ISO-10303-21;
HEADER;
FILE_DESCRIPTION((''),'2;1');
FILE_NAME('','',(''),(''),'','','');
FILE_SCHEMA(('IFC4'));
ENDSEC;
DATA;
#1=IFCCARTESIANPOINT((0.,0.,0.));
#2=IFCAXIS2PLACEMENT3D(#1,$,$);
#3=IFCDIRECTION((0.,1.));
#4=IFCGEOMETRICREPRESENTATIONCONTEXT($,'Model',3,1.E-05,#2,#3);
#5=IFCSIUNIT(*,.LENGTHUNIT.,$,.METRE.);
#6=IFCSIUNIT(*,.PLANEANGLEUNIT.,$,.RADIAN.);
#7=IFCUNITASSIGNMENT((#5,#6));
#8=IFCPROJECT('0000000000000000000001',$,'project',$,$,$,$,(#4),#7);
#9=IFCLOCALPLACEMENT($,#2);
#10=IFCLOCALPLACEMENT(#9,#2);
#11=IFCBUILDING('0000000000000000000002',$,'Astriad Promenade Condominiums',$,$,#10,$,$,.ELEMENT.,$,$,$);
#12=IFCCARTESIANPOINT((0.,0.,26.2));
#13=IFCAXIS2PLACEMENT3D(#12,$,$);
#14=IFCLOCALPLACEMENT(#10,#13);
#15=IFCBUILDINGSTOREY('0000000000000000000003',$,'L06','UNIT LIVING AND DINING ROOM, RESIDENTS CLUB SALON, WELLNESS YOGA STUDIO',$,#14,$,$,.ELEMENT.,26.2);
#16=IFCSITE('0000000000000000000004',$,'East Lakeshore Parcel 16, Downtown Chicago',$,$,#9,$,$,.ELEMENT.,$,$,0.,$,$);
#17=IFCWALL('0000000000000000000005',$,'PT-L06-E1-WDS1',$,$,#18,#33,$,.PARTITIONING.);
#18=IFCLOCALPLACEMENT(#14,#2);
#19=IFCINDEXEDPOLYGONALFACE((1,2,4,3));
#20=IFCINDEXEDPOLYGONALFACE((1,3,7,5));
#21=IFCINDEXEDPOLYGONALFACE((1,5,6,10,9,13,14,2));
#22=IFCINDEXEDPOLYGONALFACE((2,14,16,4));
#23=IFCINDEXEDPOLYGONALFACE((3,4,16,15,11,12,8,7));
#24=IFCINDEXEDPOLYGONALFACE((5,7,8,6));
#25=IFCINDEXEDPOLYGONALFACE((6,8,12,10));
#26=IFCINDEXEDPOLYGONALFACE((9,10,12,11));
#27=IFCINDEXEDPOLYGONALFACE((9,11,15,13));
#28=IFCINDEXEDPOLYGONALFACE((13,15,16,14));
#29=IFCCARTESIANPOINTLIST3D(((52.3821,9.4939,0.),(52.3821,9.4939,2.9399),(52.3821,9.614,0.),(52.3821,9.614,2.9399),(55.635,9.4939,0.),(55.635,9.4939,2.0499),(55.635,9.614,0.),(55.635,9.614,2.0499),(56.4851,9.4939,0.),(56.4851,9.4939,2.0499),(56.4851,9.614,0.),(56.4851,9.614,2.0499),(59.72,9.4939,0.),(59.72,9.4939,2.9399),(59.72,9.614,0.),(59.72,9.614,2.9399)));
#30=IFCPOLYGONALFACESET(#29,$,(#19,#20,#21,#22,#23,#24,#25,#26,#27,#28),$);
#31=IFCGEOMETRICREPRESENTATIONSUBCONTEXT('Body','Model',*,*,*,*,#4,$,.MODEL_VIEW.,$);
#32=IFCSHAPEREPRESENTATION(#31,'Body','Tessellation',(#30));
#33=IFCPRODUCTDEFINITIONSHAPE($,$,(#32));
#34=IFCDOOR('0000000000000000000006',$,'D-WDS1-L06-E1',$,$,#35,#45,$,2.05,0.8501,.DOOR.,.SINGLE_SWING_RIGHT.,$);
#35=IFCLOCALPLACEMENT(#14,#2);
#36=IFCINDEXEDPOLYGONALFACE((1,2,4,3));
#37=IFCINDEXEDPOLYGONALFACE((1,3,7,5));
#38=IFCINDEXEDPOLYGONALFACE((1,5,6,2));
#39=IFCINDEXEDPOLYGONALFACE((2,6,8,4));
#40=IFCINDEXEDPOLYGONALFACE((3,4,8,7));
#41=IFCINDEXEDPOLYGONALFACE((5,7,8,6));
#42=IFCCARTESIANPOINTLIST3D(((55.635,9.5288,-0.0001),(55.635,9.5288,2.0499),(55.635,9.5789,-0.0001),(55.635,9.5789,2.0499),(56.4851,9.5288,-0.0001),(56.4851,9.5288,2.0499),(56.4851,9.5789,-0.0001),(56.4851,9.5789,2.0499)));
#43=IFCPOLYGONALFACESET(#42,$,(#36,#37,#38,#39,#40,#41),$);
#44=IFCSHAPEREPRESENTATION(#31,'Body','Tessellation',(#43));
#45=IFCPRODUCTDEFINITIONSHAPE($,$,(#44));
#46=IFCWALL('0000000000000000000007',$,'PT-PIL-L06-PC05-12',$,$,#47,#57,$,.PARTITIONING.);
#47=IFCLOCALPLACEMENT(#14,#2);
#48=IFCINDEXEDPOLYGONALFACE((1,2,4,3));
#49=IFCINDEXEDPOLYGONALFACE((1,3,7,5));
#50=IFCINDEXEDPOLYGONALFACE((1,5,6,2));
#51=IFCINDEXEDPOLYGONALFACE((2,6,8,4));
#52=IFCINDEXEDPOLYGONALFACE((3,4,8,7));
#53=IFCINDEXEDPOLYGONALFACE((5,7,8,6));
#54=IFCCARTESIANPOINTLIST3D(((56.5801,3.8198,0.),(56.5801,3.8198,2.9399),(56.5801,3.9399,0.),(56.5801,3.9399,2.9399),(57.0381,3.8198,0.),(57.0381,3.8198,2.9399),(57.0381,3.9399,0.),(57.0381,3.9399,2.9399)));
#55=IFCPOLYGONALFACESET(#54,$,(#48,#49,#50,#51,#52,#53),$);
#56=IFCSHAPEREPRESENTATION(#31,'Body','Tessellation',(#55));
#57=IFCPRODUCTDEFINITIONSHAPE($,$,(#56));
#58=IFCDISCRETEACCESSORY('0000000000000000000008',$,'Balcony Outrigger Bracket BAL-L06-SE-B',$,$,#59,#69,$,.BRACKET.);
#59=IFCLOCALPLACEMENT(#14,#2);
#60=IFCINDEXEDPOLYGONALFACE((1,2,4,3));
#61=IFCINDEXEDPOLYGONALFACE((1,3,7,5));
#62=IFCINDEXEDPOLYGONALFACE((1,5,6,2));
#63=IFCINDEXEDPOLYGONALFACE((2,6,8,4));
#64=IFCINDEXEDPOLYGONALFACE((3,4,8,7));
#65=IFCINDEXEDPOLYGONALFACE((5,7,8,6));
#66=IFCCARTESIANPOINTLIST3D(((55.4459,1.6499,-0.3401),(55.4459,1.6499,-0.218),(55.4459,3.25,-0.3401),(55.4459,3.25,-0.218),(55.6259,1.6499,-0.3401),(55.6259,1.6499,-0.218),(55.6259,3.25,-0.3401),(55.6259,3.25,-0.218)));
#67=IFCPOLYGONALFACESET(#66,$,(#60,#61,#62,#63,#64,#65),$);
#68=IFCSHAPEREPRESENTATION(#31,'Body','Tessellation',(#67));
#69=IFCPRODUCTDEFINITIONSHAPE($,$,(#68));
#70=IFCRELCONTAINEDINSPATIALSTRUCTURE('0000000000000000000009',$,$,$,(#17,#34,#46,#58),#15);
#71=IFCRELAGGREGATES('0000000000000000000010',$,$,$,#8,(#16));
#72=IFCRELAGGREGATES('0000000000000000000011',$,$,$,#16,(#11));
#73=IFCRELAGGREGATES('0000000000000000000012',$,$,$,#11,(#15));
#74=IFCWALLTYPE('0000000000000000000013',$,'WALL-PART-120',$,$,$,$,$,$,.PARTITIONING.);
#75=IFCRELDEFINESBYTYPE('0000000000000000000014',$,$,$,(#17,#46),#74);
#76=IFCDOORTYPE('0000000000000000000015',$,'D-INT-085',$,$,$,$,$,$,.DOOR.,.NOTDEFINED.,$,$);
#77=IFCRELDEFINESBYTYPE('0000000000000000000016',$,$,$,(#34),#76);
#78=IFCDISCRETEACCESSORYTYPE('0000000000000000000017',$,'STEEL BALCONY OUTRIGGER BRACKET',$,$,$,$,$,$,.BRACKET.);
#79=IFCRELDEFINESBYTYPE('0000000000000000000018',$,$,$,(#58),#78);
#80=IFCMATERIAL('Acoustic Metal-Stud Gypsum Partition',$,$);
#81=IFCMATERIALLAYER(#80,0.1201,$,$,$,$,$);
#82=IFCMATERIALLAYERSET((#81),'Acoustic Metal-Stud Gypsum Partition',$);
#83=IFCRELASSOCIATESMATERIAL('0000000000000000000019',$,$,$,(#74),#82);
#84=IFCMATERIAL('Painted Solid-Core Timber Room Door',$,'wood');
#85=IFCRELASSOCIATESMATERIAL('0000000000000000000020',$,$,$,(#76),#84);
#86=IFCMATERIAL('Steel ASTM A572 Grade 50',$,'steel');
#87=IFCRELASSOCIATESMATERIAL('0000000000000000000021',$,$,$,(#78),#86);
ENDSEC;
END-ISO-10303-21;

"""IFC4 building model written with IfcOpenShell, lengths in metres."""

from ifc_helpers import new_model, si_unit, direction, frame, frame_2d, origin, origin_2d, place, context, subcontext, project, spatial, rectangle, extrude, source, transform, mapped, material, layer, layer_set, type_object, type_shapes, element, fill, save


model = new_model("IFC4")

# Units and contexts
model_context = context("Model", 3, precision=1e-05, world=origin(), true_north=direction((0.0, 1.0)))
body_context = subcontext(model_context, "Body", "Model", "MODEL_VIEW")
ifc_project = project(units=[si_unit("LENGTHUNIT", "METRE"), si_unit("PLANEANGLEUNIT", "RADIAN")], contexts=[model_context])

# Site, building, storey
site_placement = place(None, origin())
site = spatial("IfcSite", under=ifc_project, at=site_placement, Name="East Lakeshore Parcel 16, Downtown Chicago", CompositionType="ELEMENT", RefElevation=0.0)
building_placement = place(site_placement, origin())
building = spatial("IfcBuilding", under=site, at=building_placement, Name="Astriad Promenade Condominiums", CompositionType="ELEMENT")
storey_placement = place(building_placement, frame((0.0, 0.0, 26.2)))
storey = spatial("IfcBuildingStorey", under=building, at=storey_placement, Name="L06", Description="UNIT LIVING AND DINING ROOM, RESIDENTS CLUB SALON, WELLNESS YOGA STUDIO", CompositionType="ELEMENT", Elevation=26.2)

# Shared definitions
ifc_material_1 = material(Name="Acoustic Metal-Stud Gypsum Partition")
ifc_layer_1 = layer(ifc_material_1, 0.1201)
ifc_layer_set_1 = layer_set([ifc_layer_1], Name="Acoustic Metal-Stud Gypsum Partition")
wall_type_1 = type_object("IfcWallType", Name="WALL-PART-120", PredefinedType="PARTITIONING", material=ifc_layer_set_1)

# Shared definitions
ifc_material_2 = material(Name="Painted Solid-Core Timber Room Door", Category="wood")
door_type_1 = type_object("IfcDoorType", Name="D-INT-085", OperationType="NOTDEFINED", PredefinedType="DOOR", material=ifc_material_2)
shared_shape_1 = source(origin(), body_context, "Body", "SweptSolid", [
    extrude(rectangle(XDim=0.8501, YDim=2.05, at=frame_2d((0.425, 1.0249))), frame((0.0, 0.0249, 0.0), z_axis=(0.0, -1.0, 0.0), x_axis=(1.0, 0.0, 0.0)), (0.0, 0.0, 1.0), 0.05),
])
type_shapes(door_type_1, [shared_shape_1])

# Wall, opening, door
wall_1_placement = place(storey_placement, frame((52.3821, 9.554, 0.0), z_axis=(0.0, 0.0, 1.0), x_axis=(1.0, 0.0, 0.0)))
wall_1 = element("IfcWall", 1, at=wall_1_placement, inside=storey, type_object=wall_type_1, Name="PT-L06-E1-WDS1", PredefinedType="PARTITIONING", context=body_context, shape_type="SweptSolid", body=[
    extrude(rectangle(XDim=7.3379, YDim=0.1201, at=frame_2d((3.6689, 0.0))), origin(), (0.0, 0.0, 1.0), 2.9399),
])
opening_1_placement = place(wall_1_placement, frame((3.2529, 0.0, 0.0)))
opening_1 = element("IfcOpeningElement", 2, at=opening_1_placement, cuts=wall_1, PredefinedType="OPENING", context=body_context, shape_type="SweptSolid", body=[
    extrude(rectangle(XDim=0.8501, YDim=2.05, at=frame_2d((0.425, 1.0249))), frame((0.0, 0.0701, 0.0), z_axis=(0.0, -1.0, 0.0), x_axis=(1.0, 0.0, 0.0)), (0.0, 0.0, 1.0), 0.1401),
])
door_1_placement = place(opening_1_placement, origin())
door_1 = element("IfcDoor", 3, at=door_1_placement, inside=storey, type_object=door_type_1, Name="D-WDS1-L06-E1", OperationType="SINGLE_SWING_RIGHT", OverallHeight=2.05, OverallWidth=0.8501, PredefinedType="DOOR", context=body_context, shape_type="MappedRepresentation", body=[
    mapped(shared_shape_1, transform((0.0, 0.0, 0.0), scale=1.0)),
])
fill(opening_1, door_1)

# Wall
wall_2_placement = place(storey_placement, frame((56.5801, 3.8799, 0.0), z_axis=(0.0, 0.0, 1.0), x_axis=(1.0, 0.0, 0.0)))
element("IfcWall", 4, at=wall_2_placement, inside=storey, type_object=wall_type_1, Name="PT-PIL-L06-PC05-12", PredefinedType="PARTITIONING", context=body_context, shape_type="SweptSolid", body=[
    extrude(rectangle(XDim=0.458, YDim=0.1201, at=frame_2d((0.229, 0.0))), origin(), (0.0, 0.0, 1.0), 2.9399),
])

# Discrete accessory
ifc_material_3 = material(Name="Steel ASTM A572 Grade 50", Category="steel")
discrete_accessory_type = type_object("IfcDiscreteAccessoryType", Name="STEEL BALCONY OUTRIGGER BRACKET", PredefinedType="BRACKET", material=ifc_material_3)
shared_shape_2 = source(origin(), body_context, "Body", "SweptSolid", [
    extrude(rectangle(XDim=1.6001, YDim=0.1799, at=origin_2d()), origin(), (0.0, 0.0, 1.0), 0.1221),
])
type_shapes(discrete_accessory_type, [shared_shape_2])
discrete_accessory_placement = place(storey_placement, frame((55.5359, 2.45, -0.3401), z_axis=(0.0, 0.0, 1.0), x_axis=(0.0, -1.0, 0.0)))
element("IfcDiscreteAccessory", 5, at=discrete_accessory_placement, inside=storey, type_object=discrete_accessory_type, Name="Balcony Outrigger Bracket BAL-L06-SE-B", PredefinedType="BRACKET", context=body_context, shape_type="MappedRepresentation", body=[
    mapped(shared_shape_2, transform((0.0, 0.0, 0.0), scale=1.0)),
])

save(model, "model.ifc")
